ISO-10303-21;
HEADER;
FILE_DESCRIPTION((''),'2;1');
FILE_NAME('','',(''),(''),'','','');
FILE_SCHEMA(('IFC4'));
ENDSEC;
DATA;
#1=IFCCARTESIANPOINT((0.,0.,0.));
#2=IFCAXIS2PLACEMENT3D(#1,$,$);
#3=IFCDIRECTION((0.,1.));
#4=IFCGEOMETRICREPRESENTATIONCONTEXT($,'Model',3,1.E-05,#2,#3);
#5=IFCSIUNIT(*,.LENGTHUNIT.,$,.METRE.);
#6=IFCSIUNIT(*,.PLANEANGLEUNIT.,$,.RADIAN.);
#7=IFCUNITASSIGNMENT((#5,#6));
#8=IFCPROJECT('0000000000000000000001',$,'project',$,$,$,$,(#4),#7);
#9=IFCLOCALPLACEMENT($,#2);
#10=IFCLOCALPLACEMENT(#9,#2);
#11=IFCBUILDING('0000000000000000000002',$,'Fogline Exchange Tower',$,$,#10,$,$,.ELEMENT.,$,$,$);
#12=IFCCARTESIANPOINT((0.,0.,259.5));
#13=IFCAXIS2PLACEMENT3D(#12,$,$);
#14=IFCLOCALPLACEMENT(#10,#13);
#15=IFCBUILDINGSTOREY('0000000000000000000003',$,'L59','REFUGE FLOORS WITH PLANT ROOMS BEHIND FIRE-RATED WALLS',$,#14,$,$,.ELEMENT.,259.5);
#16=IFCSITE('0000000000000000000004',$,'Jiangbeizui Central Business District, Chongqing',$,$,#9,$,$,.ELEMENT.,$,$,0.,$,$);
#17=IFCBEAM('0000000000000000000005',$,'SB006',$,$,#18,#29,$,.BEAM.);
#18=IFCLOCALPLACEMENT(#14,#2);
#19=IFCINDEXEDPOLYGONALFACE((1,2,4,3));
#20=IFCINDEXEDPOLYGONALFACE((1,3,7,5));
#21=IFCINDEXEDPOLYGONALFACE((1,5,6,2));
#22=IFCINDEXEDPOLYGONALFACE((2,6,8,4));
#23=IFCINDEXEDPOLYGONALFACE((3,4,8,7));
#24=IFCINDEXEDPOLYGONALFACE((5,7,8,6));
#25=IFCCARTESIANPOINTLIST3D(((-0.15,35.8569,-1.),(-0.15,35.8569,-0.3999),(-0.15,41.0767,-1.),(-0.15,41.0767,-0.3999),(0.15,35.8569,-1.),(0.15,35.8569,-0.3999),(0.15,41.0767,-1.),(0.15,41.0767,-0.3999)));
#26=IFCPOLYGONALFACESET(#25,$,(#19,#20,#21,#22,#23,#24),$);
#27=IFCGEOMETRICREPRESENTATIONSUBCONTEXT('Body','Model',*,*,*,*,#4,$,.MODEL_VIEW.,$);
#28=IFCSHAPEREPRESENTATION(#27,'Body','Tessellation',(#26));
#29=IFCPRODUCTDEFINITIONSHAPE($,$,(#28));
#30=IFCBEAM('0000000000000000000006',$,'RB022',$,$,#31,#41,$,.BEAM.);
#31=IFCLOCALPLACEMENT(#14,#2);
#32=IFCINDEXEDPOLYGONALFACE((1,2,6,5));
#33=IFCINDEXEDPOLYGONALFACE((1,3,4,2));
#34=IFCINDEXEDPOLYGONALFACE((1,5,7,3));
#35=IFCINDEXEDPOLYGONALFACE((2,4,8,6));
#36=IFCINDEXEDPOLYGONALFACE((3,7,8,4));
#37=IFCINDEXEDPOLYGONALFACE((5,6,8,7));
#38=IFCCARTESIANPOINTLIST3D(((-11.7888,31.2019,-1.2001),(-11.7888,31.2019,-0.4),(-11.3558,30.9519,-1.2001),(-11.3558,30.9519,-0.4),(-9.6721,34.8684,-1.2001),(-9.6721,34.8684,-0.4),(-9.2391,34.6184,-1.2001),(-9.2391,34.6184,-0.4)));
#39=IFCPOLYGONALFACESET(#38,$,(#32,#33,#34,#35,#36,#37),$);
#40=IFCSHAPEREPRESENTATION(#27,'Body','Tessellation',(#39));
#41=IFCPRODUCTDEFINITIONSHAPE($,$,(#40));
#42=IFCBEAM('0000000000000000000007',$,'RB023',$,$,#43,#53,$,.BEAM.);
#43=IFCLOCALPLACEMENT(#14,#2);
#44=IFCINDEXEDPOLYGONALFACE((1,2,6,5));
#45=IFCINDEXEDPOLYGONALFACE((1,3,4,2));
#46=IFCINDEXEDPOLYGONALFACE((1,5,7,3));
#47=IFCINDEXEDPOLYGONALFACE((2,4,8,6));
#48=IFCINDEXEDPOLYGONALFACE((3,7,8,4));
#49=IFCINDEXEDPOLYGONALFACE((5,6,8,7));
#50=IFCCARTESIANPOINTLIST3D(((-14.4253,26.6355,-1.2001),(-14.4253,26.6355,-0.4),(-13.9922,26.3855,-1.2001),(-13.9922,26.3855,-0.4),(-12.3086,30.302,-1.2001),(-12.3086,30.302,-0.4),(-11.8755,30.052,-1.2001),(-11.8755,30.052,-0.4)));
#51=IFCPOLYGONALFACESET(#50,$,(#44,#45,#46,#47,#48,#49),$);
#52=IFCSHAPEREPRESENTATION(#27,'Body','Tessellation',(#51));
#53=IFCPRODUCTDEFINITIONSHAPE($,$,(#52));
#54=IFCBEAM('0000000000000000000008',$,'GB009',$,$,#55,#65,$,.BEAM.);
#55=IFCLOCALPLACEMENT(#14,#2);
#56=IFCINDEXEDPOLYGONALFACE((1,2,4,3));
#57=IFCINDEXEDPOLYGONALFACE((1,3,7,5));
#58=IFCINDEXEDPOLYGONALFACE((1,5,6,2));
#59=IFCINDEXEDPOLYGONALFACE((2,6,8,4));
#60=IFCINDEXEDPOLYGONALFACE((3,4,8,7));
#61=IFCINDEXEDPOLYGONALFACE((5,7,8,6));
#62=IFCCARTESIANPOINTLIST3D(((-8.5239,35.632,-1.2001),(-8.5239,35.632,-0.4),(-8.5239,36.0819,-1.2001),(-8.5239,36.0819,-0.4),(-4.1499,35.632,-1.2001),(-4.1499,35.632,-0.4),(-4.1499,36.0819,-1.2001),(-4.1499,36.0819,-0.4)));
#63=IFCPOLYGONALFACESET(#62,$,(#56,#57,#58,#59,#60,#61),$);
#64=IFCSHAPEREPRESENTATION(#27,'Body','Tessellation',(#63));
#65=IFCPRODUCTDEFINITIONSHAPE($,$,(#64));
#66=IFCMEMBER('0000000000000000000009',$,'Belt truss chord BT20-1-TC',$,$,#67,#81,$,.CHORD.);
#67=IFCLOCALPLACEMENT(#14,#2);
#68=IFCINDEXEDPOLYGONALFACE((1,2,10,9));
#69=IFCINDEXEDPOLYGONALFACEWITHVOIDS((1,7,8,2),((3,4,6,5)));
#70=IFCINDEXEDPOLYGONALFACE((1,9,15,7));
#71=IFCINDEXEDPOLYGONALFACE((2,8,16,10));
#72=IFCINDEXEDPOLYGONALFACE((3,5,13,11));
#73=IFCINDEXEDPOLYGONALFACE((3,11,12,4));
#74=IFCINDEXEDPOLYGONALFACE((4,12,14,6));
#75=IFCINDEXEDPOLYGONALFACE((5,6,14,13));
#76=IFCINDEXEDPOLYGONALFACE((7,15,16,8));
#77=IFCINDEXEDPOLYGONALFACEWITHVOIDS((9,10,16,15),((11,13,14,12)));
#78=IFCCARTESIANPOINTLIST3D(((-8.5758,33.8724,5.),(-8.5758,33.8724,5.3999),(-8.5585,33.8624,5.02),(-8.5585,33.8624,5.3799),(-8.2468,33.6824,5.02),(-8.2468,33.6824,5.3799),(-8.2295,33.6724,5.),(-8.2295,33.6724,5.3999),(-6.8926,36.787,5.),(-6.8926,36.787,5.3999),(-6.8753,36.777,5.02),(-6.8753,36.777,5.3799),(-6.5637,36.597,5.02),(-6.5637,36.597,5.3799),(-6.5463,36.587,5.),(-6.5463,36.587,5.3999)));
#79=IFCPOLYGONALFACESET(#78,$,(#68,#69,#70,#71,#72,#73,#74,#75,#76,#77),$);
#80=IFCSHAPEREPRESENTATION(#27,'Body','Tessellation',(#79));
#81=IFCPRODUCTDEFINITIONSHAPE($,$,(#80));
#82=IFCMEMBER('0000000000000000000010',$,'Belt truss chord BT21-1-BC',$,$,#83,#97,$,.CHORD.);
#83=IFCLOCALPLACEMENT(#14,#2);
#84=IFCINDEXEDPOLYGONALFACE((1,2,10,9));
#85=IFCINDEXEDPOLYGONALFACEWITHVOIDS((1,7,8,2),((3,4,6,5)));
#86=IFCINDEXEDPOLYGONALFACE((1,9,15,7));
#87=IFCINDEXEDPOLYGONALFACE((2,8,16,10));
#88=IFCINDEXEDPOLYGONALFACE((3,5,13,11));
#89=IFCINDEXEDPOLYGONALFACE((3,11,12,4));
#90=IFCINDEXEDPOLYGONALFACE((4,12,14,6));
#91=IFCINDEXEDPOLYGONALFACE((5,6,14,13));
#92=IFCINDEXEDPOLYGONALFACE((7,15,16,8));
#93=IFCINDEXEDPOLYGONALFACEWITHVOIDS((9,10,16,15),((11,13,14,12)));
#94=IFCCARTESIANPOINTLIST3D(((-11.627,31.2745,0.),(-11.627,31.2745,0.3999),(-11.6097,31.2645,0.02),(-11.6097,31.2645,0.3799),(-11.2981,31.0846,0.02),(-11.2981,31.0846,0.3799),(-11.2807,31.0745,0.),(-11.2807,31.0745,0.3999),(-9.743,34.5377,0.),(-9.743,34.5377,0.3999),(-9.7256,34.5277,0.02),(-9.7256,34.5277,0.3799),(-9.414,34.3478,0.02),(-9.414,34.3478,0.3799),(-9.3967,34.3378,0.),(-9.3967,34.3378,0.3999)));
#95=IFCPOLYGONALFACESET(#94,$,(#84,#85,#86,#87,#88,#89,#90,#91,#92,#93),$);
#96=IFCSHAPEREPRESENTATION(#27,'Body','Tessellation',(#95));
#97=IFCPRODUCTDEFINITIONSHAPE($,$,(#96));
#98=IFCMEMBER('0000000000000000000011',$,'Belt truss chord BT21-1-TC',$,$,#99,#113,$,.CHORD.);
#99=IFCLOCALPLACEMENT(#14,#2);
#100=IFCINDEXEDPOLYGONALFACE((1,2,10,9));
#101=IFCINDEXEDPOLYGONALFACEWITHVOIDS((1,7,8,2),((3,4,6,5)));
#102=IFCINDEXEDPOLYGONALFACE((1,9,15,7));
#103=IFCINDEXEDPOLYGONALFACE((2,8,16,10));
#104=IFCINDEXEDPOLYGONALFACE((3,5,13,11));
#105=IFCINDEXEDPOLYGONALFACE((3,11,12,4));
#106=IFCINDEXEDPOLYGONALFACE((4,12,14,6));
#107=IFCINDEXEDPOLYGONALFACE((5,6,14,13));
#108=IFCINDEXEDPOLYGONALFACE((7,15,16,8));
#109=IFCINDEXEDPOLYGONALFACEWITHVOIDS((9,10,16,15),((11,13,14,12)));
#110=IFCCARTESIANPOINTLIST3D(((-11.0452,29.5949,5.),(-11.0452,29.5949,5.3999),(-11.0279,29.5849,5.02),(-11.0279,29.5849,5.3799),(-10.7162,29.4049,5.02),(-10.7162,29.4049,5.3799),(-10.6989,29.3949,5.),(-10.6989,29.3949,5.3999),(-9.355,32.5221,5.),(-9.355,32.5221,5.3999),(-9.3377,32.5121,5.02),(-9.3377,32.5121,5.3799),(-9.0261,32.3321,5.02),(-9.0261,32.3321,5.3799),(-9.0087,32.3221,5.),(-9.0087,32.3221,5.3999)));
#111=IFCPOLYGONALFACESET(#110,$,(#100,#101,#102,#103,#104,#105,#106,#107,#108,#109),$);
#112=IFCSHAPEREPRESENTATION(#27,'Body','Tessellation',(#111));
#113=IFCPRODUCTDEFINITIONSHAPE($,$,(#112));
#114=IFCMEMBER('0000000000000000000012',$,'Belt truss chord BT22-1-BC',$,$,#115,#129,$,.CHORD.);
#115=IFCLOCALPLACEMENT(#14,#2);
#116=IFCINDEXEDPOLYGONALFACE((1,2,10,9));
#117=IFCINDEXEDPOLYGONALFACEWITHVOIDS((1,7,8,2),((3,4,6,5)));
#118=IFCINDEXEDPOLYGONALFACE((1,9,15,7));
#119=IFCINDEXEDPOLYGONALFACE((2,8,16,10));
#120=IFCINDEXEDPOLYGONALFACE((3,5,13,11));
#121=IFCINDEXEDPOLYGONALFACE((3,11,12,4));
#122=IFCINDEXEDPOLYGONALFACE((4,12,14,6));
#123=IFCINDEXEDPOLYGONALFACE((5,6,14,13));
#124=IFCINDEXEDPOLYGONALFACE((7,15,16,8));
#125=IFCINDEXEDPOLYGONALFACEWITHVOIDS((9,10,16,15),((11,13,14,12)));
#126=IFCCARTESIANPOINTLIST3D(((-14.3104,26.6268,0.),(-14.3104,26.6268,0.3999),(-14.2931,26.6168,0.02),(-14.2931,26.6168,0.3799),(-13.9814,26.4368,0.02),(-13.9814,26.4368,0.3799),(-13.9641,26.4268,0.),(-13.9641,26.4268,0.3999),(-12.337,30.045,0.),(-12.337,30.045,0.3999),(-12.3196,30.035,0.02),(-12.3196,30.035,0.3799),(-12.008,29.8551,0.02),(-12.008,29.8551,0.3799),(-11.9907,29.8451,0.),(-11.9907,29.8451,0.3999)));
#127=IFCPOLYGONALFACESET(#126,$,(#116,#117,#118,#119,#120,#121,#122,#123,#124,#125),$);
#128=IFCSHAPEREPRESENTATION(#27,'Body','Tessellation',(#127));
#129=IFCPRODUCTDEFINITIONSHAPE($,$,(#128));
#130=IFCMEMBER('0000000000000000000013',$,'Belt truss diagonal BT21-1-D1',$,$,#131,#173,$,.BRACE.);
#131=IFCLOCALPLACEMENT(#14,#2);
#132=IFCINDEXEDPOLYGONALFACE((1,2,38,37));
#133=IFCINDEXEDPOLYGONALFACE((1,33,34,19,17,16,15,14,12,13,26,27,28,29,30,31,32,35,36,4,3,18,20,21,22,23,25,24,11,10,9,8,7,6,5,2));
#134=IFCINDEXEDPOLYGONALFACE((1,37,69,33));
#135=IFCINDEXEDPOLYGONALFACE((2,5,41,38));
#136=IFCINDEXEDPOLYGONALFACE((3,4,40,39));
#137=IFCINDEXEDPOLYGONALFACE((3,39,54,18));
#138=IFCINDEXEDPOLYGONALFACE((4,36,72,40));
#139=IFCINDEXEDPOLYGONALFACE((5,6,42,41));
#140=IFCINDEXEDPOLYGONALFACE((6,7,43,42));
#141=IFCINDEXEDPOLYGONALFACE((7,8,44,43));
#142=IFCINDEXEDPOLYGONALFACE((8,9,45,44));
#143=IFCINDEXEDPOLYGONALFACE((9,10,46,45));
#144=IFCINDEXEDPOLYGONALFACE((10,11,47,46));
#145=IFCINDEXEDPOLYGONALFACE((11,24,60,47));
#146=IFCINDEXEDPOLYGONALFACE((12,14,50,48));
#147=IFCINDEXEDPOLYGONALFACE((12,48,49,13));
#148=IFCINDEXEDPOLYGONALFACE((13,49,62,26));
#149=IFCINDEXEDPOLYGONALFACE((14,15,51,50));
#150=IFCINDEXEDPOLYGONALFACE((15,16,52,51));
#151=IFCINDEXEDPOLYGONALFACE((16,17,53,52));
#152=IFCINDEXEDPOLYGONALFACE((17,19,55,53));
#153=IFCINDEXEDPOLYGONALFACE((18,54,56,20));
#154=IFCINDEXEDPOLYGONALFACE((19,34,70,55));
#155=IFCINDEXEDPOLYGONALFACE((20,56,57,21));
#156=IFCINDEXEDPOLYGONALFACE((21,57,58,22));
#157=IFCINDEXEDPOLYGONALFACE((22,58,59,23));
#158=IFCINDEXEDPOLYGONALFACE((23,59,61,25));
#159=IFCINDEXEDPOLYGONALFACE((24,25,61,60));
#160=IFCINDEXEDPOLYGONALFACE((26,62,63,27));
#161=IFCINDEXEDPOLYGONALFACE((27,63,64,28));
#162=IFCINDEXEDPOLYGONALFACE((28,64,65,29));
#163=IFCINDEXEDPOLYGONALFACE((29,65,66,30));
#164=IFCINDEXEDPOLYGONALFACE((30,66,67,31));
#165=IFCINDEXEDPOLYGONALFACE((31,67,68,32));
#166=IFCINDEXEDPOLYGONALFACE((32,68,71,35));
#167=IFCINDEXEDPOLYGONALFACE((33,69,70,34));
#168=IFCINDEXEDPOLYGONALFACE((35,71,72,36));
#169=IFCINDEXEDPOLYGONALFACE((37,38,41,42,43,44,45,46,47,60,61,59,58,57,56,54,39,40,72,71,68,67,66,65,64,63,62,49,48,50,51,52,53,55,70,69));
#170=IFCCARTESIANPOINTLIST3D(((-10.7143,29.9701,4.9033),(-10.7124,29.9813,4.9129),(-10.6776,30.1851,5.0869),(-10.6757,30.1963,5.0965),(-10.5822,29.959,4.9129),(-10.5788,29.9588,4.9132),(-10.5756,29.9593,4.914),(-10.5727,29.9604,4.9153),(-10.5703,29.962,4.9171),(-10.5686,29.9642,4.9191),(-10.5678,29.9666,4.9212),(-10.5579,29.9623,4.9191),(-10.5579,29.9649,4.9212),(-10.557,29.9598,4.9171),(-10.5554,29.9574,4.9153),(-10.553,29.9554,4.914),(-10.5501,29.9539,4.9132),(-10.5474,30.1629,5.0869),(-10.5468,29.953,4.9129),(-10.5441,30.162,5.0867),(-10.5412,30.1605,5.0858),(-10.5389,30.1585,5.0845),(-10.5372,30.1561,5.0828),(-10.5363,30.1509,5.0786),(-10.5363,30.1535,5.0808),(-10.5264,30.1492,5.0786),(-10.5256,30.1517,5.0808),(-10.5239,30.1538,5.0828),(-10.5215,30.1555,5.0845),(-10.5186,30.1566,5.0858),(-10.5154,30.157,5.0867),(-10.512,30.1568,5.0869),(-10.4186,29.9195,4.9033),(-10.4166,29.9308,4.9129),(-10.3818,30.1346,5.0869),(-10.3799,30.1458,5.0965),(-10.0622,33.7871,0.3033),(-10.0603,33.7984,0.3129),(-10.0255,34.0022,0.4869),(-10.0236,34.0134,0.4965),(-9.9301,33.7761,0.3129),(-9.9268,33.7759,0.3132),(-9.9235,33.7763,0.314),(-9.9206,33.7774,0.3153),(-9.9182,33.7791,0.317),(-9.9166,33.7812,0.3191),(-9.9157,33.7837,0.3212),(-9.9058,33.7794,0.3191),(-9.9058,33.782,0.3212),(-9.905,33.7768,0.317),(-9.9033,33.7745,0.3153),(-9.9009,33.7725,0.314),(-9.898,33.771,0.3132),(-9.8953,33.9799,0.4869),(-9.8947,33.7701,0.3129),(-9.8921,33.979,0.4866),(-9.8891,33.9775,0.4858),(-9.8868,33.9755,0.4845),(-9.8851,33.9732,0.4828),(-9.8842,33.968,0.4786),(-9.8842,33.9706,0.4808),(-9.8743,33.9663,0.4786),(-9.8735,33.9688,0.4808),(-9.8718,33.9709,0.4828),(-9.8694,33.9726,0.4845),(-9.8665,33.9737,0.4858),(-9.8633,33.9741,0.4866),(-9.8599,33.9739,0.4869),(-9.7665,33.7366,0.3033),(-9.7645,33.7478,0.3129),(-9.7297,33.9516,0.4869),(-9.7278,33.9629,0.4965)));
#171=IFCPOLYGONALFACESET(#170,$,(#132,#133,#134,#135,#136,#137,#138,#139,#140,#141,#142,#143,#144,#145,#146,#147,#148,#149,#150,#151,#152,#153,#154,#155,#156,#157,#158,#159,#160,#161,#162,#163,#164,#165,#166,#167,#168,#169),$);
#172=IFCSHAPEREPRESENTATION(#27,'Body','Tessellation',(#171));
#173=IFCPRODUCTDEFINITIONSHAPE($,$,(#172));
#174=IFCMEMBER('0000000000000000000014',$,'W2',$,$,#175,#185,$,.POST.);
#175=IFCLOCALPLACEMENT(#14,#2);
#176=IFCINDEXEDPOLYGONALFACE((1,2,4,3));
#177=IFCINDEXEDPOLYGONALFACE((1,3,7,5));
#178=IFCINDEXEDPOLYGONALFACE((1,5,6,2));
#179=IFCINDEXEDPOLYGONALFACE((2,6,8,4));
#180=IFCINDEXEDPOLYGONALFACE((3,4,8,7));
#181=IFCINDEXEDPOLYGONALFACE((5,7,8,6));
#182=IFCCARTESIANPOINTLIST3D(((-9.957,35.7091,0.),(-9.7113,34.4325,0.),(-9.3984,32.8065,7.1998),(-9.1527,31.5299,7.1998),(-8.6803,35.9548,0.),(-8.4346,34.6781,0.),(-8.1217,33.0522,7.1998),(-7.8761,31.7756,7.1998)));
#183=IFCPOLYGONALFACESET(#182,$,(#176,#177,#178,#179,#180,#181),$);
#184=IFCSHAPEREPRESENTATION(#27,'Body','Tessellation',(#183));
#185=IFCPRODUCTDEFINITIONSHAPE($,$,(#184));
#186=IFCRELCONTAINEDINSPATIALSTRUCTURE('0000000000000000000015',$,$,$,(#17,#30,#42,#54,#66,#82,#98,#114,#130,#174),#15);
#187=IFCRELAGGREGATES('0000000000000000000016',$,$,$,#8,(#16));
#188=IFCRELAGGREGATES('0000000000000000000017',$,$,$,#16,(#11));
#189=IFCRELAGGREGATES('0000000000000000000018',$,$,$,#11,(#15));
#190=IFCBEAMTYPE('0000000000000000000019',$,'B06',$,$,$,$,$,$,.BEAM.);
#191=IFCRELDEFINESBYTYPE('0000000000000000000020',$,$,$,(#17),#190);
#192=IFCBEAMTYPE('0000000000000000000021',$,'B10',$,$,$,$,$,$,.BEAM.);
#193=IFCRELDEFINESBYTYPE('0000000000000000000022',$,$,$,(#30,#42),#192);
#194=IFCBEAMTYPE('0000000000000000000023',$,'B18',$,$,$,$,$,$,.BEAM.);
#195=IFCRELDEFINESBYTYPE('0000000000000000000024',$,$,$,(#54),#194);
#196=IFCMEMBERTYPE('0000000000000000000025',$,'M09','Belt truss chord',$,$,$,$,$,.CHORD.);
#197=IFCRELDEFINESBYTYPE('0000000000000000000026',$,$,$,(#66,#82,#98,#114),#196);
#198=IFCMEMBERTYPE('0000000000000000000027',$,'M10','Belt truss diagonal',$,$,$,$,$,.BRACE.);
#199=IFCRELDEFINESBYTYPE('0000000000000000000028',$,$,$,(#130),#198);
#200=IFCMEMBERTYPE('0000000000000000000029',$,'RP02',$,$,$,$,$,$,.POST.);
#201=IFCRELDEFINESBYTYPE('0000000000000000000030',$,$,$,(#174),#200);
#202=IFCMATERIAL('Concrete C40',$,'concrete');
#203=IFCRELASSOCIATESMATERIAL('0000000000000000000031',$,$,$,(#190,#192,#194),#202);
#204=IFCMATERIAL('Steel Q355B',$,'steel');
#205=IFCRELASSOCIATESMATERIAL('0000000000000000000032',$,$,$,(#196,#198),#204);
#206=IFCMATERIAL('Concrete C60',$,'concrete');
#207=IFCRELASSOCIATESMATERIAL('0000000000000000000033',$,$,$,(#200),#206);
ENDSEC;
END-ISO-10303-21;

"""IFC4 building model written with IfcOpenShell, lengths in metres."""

from ifc_helpers import new_model, si_unit, direction, frame, origin, origin_2d, place, context, subcontext, project, spatial, rectangle, hollow_rectangle, i_section, extrude, material, material_profile, profile_set, type_object, element, save


model = new_model("IFC4")

# Units and contexts
model_context = context("Model", 3, precision=1e-05, world=origin(), true_north=direction((0.0, 1.0)))
body_context = subcontext(model_context, "Body", "Model", "MODEL_VIEW")
ifc_project = project(units=[si_unit("LENGTHUNIT", "METRE"), si_unit("PLANEANGLEUNIT", "RADIAN")], contexts=[model_context])

# Site, building, storey
site_placement = place(None, origin())
site = spatial("IfcSite", under=ifc_project, at=site_placement, Name="Jiangbeizui Central Business District, Chongqing", CompositionType="ELEMENT", RefElevation=0.0)
building_placement = place(site_placement, origin())
building = spatial("IfcBuilding", under=site, at=building_placement, Name="Fogline Exchange Tower", CompositionType="ELEMENT")
storey_placement = place(building_placement, frame((0.0, 0.0, 259.5)))
storey = spatial("IfcBuildingStorey", under=building, at=storey_placement, Name="L59", Description="REFUGE FLOORS WITH PLANT ROOMS BEHIND FIRE-RATED WALLS", CompositionType="ELEMENT", Elevation=259.5)

# Beams
ifc_material_1 = material(Name="Concrete C40", Category="concrete")
ifc_material_profile_1 = material_profile(ifc_material_1, rectangle(XDim=0.3, YDim=0.6001, at=origin_2d()), Name="RC 300x600")
ifc_profile_set_1 = profile_set([ifc_material_profile_1], Name="Concrete C40")
beam_type_1 = type_object("IfcBeamType", Name="B06", PredefinedType="BEAM", material=ifc_profile_set_1)
beam_1_placement = place(storey_placement, frame((0.0, 35.8569, -0.7), z_axis=(0.0, 1.0, 0.0), x_axis=(-1.0, 0.0, 0.0)))
element("IfcBeam", 1, at=beam_1_placement, inside=storey, type_object=beam_type_1, Name="SB006", PredefinedType="BEAM", context=body_context, shape_type="SweptSolid", body=[
    extrude(rectangle(XDim=0.3, YDim=0.6001, at=origin_2d()), origin(), (0.0, 0.0, 1.0), 5.2197),
])
ifc_material_profile_2 = material_profile(ifc_material_1, rectangle(XDim=0.5, YDim=0.8, at=origin_2d()), Name="RC 500x800")
ifc_profile_set_2 = profile_set([ifc_material_profile_2], Name="Concrete C40")
beam_type_2 = type_object("IfcBeamType", Name="B10", PredefinedType="BEAM", material=ifc_profile_set_2)
for number, where, z_axis, x_axis, name in (
    (2, (-9.4556, 34.7434, -0.8), (-0.499972, -0.866042, 0.0), (0.866042, -0.499972, 0.0), "RB022"),
    (3, (-12.092, 30.177, -0.8), (-0.499972, -0.866042, 0.0), (0.866042, -0.499972, 0.0), "RB023"),
):
    element("IfcBeam", number, at=place(storey_placement, frame(where, z_axis=z_axis, x_axis=x_axis)), inside=storey, type_object=beam_type_2, Name=name, PredefinedType="BEAM", context=body_context, shape_type="SweptSolid", body=[
        extrude(rectangle(XDim=0.5, YDim=0.8, at=origin_2d()), origin(), (0.0, 0.0, 1.0), 4.2336),
    ])
ifc_material_profile_3 = material_profile(ifc_material_1, rectangle(XDim=0.45, YDim=0.8, at=origin_2d()), Name="RC 450x800")
ifc_profile_set_3 = profile_set([ifc_material_profile_3], Name="Concrete C40")
beam_type_3 = type_object("IfcBeamType", Name="B18", PredefinedType="BEAM", material=ifc_profile_set_3)
beam_2_placement = place(storey_placement, frame((-8.5239, 35.8569, -0.8), z_axis=(1.0, 0.0, 0.0), x_axis=(0.0, 1.0, 0.0)))
element("IfcBeam", 4, at=beam_2_placement, inside=storey, type_object=beam_type_3, Name="GB009", PredefinedType="BEAM", context=body_context, shape_type="SweptSolid", body=[
    extrude(rectangle(XDim=0.45, YDim=0.8, at=origin_2d()), origin(), (0.0, 0.0, 1.0), 4.374),
])

# Members
ifc_material_2 = material(Name="Steel Q355B", Category="steel")
ifc_material_profile_4 = material_profile(ifc_material_2, hollow_rectangle(XDim=0.3999, YDim=0.3999, WallThickness=0.02, at=origin_2d()), Name="BOX400X400X20")
ifc_profile_set_4 = profile_set([ifc_material_profile_4], Name="Steel Q355B")
member_type_1 = type_object("IfcMemberType", Name="M09", Description="Belt truss chord", PredefinedType="CHORD", material=ifc_profile_set_4)
member_1_placement = place(storey_placement, frame((-6.7195, 36.687, 5.2), z_axis=(-0.500087, -0.865975, 0.0), x_axis=(0.865975, -0.500087, 0.0)))
element("IfcMember", 5, at=member_1_placement, inside=storey, type_object=member_type_1, Name="Belt truss chord BT20-1-TC", PredefinedType="CHORD", context=body_context, shape_type="SweptSolid", body=[
    extrude(hollow_rectangle(XDim=0.3999, YDim=0.3999, WallThickness=0.02, at=origin_2d()), origin(), (0.0, 0.0, 1.0), 3.3657),
])
member_2_placement = place(storey_placement, frame((-9.5698, 34.4377, 0.2), z_axis=(-0.500007, -0.866022, 0.0), x_axis=(0.866022, -0.500007, 0.0)))
element("IfcMember", 6, at=member_2_placement, inside=storey, type_object=member_type_1, Name="Belt truss chord BT21-1-BC", PredefinedType="CHORD", context=body_context, shape_type="SweptSolid", body=[
    extrude(hollow_rectangle(XDim=0.3999, YDim=0.3999, WallThickness=0.02, at=origin_2d()), origin(), (0.0, 0.0, 1.0), 3.7681),
])
member_3_placement = place(storey_placement, frame((-9.1819, 32.4221, 5.2), z_axis=(-0.500031, -0.866008, 0.0), x_axis=(0.866008, -0.500031, 0.0)))
element("IfcMember", 7, at=member_3_placement, inside=storey, type_object=member_type_1, Name="Belt truss chord BT21-1-TC", PredefinedType="CHORD", context=body_context, shape_type="SweptSolid", body=[
    extrude(hollow_rectangle(XDim=0.3999, YDim=0.3999, WallThickness=0.02, at=origin_2d()), origin(), (0.0, 0.0, 1.0), 3.3801),
])
member_4_placement = place(storey_placement, frame((-12.1638, 29.9451, 0.2), z_axis=(-0.499978, -0.866038, 0.0), x_axis=(0.866038, -0.499978, 0.0)))
element("IfcMember", 8, at=member_4_placement, inside=storey, type_object=member_type_1, Name="Belt truss chord BT22-1-BC", PredefinedType="CHORD", context=body_context, shape_type="SweptSolid", body=[
    extrude(hollow_rectangle(XDim=0.3999, YDim=0.3999, WallThickness=0.02, at=origin_2d()), origin(), (0.0, 0.0, 1.0), 3.947),
])
ifc_material_profile_5 = material_profile(ifc_material_2, i_section(OverallWidth=0.3, OverallDepth=0.3, WebThickness=0.01, FlangeThickness=0.0149, FilletRadius=0.0129, at=origin_2d()), Name="HW300X300X10X15")
ifc_profile_set_5 = profile_set([ifc_material_profile_5], Name="Steel Q355B")
member_type_2 = type_object("IfcMemberType", Name="M10", Description="Belt truss diagonal", PredefinedType="BRACE", material=ifc_profile_set_5)
member_5_placement = place(storey_placement, frame((-9.895, 33.875, 0.3999), z_axis=(-0.108448, -0.63481, 0.76502), x_axis=(0.98572, -0.168395, 0.0)))
element("IfcMember", 9, at=member_5_placement, inside=storey, type_object=member_type_2, Name="Belt truss diagonal BT21-1-D1", PredefinedType="BRACE", context=body_context, shape_type="SweptSolid", body=[
    extrude(i_section(OverallWidth=0.3, OverallDepth=0.3, WebThickness=0.01, FlangeThickness=0.0149, FilletRadius=0.0129, at=origin_2d()), origin(), (0.0, 0.0, 1.0), 6.0129),
])
ifc_material_3 = material(Name="Concrete C60", Category="concrete")
ifc_material_profile_6 = material_profile(ifc_material_3, rectangle(XDim=1.3, YDim=1.3, at=origin_2d()), Name="RC 1300x1300")
ifc_profile_set_6 = profile_set([ifc_material_profile_6], Name="Concrete C60")
member_type_3 = type_object("IfcMemberType", Name="RP02", PredefinedType="POST", material=ifc_profile_set_6)
member_6_placement = place(storey_placement, frame((-9.1958, 35.1936, 0.0), z_axis=(0.0, 0.0, 1.0), x_axis=(0.981981, 0.188979, 0.0)))
element("IfcMember", 10, at=member_6_placement, inside=storey, type_object=member_type_3, Name="W2", PredefinedType="POST", context=body_context, shape_type="SweptSolid", body=[
    extrude(rectangle(XDim=1.3, YDim=1.3, at=origin_2d()), origin(), (0.0, -0.379779, 0.925077), 7.783),
])

save(model, "model.ifc")
